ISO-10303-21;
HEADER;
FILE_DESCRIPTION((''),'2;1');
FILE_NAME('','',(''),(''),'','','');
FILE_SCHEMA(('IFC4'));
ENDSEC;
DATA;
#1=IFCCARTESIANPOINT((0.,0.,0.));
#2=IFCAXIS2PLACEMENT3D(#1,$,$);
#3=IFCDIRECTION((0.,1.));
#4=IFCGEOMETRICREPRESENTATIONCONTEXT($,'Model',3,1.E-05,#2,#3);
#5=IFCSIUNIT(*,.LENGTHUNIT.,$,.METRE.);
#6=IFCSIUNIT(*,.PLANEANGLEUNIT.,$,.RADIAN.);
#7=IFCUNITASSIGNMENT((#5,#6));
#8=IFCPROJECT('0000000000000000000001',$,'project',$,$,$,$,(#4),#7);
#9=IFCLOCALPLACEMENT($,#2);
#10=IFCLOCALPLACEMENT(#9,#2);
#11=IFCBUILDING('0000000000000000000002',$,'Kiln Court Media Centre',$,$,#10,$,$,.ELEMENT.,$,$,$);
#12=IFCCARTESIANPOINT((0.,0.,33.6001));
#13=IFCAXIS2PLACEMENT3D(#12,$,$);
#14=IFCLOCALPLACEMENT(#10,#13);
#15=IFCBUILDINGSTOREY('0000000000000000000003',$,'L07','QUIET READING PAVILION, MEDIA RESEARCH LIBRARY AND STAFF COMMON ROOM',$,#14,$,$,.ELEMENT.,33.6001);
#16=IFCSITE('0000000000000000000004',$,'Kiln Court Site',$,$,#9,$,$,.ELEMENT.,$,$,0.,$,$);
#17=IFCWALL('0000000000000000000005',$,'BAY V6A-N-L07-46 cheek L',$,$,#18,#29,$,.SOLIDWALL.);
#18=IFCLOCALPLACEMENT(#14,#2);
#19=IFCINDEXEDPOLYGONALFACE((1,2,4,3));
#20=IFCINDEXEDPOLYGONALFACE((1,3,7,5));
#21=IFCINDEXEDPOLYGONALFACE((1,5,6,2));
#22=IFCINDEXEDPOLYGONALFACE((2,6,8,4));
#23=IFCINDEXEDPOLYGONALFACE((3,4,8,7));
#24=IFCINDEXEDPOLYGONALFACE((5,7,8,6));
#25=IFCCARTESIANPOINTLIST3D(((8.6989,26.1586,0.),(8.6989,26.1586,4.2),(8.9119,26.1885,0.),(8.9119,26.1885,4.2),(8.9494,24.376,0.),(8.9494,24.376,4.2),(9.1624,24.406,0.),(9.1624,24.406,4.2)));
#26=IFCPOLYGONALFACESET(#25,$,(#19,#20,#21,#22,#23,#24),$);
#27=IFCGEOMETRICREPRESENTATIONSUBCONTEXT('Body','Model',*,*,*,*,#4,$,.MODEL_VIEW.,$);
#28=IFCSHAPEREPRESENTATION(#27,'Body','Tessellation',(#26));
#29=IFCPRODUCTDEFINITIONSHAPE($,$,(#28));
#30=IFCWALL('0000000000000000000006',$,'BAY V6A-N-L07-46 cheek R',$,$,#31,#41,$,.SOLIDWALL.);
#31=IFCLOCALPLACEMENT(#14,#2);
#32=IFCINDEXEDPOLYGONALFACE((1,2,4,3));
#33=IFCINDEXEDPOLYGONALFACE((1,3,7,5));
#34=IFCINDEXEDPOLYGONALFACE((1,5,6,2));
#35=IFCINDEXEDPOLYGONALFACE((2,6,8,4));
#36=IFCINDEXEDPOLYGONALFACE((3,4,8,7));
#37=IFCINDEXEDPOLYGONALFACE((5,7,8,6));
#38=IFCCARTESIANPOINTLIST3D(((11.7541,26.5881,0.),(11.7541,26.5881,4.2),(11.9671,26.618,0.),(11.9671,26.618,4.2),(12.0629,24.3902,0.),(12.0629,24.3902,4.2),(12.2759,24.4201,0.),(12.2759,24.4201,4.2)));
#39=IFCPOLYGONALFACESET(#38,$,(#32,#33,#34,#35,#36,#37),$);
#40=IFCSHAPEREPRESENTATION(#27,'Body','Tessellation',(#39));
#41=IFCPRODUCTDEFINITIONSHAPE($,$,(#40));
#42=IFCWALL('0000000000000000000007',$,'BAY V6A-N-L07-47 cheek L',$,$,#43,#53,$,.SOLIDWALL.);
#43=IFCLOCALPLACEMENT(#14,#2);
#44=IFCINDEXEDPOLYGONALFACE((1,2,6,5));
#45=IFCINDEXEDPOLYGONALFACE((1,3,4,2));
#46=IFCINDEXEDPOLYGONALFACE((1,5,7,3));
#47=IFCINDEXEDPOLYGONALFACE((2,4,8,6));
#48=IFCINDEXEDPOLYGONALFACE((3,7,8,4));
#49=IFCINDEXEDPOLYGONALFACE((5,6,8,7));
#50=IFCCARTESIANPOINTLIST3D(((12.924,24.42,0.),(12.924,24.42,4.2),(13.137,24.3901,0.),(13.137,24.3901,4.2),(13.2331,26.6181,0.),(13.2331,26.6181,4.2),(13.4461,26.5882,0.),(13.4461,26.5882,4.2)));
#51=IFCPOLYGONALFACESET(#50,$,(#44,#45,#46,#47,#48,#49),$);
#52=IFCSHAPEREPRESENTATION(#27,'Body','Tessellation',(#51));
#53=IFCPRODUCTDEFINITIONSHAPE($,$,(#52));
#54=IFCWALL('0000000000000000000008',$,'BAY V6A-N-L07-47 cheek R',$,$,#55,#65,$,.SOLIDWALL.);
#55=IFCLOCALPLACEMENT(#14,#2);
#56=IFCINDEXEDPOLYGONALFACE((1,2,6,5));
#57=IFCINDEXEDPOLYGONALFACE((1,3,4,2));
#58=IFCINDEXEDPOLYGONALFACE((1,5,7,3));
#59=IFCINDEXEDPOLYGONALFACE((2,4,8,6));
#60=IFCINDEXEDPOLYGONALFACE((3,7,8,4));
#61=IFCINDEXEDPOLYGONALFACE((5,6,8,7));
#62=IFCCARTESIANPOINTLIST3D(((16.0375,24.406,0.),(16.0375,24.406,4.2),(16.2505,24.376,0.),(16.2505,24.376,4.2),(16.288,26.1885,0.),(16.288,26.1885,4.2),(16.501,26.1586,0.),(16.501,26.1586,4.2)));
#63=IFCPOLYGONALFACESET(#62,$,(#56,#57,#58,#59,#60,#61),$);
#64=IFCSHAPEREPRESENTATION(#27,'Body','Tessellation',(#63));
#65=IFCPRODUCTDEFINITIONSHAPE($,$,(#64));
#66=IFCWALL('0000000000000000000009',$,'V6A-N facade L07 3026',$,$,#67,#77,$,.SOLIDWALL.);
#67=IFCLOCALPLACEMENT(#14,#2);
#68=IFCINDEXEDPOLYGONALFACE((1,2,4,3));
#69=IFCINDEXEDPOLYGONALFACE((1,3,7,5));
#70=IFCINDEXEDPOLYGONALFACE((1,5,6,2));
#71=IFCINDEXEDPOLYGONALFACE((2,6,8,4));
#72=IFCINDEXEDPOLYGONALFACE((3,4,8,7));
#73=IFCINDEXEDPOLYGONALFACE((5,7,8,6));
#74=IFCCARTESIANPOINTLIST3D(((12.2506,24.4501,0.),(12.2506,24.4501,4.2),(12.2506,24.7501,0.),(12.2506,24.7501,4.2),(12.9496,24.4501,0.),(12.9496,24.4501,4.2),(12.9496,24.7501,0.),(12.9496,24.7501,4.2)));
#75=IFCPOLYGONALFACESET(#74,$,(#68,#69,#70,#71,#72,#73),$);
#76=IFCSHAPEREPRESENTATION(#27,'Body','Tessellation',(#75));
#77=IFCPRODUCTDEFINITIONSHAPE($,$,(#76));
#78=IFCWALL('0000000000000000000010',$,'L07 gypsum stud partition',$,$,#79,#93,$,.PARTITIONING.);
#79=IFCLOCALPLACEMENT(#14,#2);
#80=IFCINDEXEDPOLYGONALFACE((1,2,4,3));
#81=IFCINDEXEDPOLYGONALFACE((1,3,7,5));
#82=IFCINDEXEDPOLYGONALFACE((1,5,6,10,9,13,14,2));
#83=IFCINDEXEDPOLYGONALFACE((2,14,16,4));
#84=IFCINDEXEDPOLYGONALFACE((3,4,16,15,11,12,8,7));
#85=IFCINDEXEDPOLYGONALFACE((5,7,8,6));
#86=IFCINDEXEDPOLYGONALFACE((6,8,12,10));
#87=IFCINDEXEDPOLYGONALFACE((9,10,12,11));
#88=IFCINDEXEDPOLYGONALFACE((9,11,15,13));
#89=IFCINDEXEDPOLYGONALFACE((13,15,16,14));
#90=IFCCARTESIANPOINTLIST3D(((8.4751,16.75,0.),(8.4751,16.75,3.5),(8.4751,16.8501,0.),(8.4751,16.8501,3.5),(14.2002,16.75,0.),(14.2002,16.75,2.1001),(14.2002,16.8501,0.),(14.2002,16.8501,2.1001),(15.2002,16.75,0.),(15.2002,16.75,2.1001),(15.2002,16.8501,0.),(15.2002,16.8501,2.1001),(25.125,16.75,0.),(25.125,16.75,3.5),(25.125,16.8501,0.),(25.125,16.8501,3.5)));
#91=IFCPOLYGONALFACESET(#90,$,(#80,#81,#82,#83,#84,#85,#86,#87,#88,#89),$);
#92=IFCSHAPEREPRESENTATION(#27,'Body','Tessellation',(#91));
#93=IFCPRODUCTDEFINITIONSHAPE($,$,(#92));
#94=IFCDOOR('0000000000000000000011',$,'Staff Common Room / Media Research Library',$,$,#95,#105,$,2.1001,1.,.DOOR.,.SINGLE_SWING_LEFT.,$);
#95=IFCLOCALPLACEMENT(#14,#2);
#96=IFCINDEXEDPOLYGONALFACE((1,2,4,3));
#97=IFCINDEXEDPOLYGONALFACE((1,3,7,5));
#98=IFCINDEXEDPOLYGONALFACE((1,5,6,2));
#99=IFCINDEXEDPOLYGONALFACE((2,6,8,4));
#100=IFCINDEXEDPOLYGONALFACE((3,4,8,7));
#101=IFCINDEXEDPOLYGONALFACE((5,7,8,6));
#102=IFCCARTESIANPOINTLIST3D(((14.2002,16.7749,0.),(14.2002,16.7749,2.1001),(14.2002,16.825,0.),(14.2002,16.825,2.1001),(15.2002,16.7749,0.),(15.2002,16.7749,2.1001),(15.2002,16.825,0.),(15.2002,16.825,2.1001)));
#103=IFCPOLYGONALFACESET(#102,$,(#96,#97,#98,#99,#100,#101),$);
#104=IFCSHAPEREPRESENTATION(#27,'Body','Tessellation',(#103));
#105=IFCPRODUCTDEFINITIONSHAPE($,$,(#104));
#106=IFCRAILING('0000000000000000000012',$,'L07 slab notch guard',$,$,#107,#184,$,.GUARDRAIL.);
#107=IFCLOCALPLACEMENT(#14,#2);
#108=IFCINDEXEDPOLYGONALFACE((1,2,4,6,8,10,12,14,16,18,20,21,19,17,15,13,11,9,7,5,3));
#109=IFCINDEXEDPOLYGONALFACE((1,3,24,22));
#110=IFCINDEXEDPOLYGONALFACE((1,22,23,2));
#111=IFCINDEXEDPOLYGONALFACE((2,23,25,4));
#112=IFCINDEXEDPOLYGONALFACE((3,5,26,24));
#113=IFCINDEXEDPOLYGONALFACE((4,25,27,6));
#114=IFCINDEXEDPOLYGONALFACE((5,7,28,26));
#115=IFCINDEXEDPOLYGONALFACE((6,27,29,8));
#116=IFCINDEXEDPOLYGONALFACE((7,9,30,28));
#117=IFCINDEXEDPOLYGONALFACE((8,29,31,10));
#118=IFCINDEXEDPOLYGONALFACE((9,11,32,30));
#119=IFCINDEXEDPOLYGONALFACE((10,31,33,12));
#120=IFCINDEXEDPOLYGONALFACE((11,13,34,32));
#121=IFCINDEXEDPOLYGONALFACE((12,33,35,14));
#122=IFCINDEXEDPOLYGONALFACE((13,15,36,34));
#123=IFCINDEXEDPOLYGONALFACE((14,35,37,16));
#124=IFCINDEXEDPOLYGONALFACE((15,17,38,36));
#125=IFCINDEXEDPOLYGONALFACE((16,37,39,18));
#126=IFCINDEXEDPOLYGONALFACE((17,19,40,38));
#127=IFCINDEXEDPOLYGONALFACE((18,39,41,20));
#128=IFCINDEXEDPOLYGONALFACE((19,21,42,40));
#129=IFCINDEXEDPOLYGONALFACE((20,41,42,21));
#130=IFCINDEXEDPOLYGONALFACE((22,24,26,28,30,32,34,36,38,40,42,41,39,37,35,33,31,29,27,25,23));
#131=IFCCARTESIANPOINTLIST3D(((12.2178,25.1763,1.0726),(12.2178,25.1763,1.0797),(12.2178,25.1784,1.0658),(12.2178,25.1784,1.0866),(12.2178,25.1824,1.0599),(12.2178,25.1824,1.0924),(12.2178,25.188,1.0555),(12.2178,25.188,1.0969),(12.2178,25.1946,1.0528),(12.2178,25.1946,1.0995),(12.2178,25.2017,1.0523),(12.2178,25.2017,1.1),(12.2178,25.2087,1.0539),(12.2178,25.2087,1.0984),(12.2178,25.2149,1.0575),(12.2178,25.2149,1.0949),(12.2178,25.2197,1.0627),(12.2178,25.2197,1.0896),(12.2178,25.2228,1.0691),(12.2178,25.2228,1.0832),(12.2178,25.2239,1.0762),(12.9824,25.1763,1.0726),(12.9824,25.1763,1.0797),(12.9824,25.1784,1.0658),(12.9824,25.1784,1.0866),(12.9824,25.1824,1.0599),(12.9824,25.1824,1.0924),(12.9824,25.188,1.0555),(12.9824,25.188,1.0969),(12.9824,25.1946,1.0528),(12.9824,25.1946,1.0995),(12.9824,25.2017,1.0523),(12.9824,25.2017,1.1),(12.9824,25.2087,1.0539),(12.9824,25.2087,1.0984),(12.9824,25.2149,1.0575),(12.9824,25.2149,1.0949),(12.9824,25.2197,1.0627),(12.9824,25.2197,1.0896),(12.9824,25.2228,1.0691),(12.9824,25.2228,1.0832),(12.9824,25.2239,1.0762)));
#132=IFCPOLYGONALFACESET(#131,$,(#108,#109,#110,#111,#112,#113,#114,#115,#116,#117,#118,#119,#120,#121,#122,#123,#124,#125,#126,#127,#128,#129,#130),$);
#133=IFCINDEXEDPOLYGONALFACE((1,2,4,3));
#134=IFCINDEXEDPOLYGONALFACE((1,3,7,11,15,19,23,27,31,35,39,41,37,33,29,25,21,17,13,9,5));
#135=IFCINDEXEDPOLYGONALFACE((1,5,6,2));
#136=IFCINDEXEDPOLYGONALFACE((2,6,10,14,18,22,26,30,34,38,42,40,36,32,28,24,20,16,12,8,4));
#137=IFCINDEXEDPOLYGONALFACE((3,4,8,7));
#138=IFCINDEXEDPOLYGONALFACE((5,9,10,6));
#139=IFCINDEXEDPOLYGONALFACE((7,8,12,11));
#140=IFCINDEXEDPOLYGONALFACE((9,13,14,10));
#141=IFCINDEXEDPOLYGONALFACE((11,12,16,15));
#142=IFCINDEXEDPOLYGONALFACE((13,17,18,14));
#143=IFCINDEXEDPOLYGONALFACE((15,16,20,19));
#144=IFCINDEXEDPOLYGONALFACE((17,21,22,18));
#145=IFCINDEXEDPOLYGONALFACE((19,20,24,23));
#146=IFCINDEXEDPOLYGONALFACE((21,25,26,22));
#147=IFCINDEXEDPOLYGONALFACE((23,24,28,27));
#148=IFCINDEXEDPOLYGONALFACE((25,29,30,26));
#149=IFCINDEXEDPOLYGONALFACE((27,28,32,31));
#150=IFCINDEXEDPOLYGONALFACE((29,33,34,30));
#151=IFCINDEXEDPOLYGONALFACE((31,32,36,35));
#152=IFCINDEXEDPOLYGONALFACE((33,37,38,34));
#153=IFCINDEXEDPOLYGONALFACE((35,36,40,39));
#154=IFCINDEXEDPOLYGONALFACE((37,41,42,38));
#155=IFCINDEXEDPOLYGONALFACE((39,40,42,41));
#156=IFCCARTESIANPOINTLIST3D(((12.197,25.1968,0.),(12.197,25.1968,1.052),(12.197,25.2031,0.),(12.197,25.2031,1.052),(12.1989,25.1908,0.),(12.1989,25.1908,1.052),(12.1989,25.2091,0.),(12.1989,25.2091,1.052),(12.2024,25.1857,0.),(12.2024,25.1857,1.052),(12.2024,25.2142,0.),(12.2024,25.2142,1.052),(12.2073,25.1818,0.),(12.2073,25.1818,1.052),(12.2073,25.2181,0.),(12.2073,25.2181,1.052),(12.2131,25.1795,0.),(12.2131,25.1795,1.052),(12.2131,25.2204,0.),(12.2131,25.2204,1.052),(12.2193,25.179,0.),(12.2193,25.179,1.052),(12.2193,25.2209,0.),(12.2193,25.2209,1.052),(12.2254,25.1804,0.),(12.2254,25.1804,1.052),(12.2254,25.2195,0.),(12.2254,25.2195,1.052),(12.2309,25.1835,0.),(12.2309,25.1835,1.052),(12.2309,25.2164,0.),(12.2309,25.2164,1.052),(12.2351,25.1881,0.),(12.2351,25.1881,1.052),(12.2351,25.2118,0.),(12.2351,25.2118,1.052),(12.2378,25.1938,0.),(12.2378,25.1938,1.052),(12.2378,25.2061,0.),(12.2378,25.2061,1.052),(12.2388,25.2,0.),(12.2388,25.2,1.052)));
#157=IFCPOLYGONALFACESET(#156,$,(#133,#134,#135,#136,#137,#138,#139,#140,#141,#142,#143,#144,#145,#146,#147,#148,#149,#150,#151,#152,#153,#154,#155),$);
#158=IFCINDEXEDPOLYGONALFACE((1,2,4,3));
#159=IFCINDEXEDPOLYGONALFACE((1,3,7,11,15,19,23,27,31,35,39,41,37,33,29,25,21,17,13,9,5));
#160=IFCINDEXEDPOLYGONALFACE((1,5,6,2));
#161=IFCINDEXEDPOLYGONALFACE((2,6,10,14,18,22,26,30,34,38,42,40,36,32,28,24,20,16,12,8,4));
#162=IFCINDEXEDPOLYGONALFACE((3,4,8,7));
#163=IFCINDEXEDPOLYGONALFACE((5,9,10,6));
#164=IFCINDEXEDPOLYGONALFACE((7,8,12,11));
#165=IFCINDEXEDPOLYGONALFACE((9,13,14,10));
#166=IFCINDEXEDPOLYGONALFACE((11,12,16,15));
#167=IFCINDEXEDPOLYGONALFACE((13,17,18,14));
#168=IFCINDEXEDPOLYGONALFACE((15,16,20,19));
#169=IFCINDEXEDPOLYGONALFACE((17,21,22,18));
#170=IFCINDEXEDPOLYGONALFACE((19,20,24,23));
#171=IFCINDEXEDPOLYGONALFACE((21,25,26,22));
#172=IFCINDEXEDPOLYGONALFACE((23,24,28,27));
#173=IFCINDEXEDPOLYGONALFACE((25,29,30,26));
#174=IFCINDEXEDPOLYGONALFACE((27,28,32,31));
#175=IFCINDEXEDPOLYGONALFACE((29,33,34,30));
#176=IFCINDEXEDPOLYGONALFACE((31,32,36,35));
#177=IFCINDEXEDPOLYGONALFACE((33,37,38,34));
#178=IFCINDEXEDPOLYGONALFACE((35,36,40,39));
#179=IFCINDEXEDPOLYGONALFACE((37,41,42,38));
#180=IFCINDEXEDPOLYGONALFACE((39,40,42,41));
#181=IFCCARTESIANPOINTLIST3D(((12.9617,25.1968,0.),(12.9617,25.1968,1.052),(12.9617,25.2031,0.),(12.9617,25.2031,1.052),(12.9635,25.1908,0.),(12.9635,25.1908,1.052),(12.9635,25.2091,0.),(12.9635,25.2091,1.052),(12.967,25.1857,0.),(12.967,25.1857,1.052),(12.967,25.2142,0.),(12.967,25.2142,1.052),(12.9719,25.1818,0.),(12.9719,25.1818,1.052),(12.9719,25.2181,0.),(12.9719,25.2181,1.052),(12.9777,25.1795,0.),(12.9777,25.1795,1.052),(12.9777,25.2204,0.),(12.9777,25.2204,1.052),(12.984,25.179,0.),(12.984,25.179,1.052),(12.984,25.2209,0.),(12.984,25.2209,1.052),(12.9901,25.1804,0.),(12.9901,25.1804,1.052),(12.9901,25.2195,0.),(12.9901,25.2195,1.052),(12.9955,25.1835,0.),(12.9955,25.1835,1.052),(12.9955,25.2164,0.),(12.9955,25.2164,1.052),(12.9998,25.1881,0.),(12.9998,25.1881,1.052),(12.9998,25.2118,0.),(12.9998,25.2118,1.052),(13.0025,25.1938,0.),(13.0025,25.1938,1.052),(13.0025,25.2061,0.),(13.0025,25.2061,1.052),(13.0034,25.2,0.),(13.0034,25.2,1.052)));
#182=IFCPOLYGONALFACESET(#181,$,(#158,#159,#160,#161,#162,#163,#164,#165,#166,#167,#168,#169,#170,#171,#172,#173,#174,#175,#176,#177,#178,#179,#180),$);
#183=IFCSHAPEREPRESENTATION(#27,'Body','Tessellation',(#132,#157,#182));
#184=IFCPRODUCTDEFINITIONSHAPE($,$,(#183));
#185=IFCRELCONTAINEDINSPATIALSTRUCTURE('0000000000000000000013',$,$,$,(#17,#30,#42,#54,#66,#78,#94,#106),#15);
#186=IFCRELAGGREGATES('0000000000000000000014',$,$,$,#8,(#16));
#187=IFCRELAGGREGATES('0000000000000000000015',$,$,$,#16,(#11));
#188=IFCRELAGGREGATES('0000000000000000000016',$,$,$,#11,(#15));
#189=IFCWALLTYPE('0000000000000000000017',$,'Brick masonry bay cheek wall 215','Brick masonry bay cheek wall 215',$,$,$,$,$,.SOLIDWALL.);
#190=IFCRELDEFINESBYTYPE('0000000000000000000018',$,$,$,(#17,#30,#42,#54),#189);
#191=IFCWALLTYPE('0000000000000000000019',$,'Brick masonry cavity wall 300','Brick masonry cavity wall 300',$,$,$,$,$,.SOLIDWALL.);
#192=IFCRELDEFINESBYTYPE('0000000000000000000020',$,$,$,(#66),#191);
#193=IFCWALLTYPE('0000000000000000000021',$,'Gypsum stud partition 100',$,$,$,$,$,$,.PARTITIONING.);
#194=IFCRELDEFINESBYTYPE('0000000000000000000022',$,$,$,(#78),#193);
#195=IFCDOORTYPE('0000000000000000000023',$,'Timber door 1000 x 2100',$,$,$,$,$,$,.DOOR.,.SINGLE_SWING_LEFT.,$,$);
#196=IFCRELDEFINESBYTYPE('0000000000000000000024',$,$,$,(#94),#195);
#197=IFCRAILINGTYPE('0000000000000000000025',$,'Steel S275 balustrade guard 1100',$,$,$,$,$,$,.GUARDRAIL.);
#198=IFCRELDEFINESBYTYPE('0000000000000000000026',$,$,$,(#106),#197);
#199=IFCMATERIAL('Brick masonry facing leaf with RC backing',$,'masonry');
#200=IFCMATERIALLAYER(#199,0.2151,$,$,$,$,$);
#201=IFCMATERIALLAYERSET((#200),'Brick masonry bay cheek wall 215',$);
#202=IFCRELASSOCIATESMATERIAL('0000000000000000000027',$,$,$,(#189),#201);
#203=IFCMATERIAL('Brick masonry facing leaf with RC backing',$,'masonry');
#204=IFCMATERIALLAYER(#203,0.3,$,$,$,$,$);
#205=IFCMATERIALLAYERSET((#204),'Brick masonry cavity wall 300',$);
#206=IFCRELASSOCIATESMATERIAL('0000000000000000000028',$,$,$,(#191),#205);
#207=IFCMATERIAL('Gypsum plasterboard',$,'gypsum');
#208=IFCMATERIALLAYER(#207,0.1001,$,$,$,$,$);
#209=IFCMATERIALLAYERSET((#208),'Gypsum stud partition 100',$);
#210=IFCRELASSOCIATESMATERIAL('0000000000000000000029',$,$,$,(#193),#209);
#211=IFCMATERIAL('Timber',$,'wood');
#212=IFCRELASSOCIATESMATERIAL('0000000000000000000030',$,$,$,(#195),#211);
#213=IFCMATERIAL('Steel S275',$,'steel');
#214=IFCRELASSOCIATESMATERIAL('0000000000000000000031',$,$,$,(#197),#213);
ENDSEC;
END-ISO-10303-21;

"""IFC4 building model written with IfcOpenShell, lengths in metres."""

from ifc_helpers import new_model, si_unit, direction, frame, frame_2d, origin, origin_2d, place, context, subcontext, project, spatial, rectangle, circle, extrude, material, layer, layer_set, type_object, element, fill, save


model = new_model("IFC4")

# Units and contexts
model_context = context("Model", 3, precision=1e-05, world=origin(), true_north=direction((0.0, 1.0)))
body_context = subcontext(model_context, "Body", "Model", "MODEL_VIEW")
ifc_project = project(units=[si_unit("LENGTHUNIT", "METRE"), si_unit("PLANEANGLEUNIT", "RADIAN")], contexts=[model_context])

# Site, building, storey
site_placement = place(None, origin())
site = spatial("IfcSite", under=ifc_project, at=site_placement, Name="Kiln Court Site", CompositionType="ELEMENT", RefElevation=0.0)
building_placement = place(site_placement, origin())
building = spatial("IfcBuilding", under=site, at=building_placement, Name="Kiln Court Media Centre", CompositionType="ELEMENT")
storey_placement = place(building_placement, frame((0.0, 0.0, 33.6001)))
storey = spatial("IfcBuildingStorey", under=building, at=storey_placement, Name="L07", Description="QUIET READING PAVILION, MEDIA RESEARCH LIBRARY AND STAFF COMMON ROOM", CompositionType="ELEMENT", Elevation=33.6001)

# Walls
ifc_material_1 = material(Name="Brick masonry facing leaf with RC backing", Category="masonry")
ifc_layer_1 = layer(ifc_material_1, 0.2151)
ifc_layer_set_1 = layer_set([ifc_layer_1], Name="Brick masonry bay cheek wall 215")
wall_type_1 = type_object("IfcWallType", Name="Brick masonry bay cheek wall 215", Description="Brick masonry bay cheek wall 215", PredefinedType="SOLIDWALL", material=ifc_layer_set_1)
wall_1_placement = place(storey_placement, frame((9.0559, 24.3911, 0.0), z_axis=(0.0, 0.0, 1.0), x_axis=(-0.139161, 0.99027, 0.0)))
element("IfcWall", 1, at=wall_1_placement, inside=storey, type_object=wall_type_1, Name="BAY V6A-N-L07-46 cheek L", PredefinedType="SOLIDWALL", context=body_context, shape_type="SweptSolid", body=[
    extrude(rectangle(XDim=1.8, YDim=0.2151, at=frame_2d((0.8999, 0.0))), origin(), (0.0, 0.0, 1.0), 4.2),
])
wall_2_placement = place(storey_placement, frame((12.1694, 24.405, 0.0), z_axis=(0.0, 0.0, 1.0), x_axis=(-0.139142, 0.990272, 0.0)))
element("IfcWall", 2, at=wall_2_placement, inside=storey, type_object=wall_type_1, Name="BAY V6A-N-L07-46 cheek R", PredefinedType="SOLIDWALL", context=body_context, shape_type="SweptSolid", body=[
    extrude(rectangle(XDim=2.2195, YDim=0.2151, at=frame_2d((1.1099, 0.0))), origin(), (0.0, 0.0, 1.0), 4.2),
])
wall_3_placement = place(storey_placement, frame((13.0305, 24.405, 0.0), z_axis=(0.0, 0.0, 1.0), x_axis=(0.13925, 0.990257, 0.0)))
element("IfcWall", 3, at=wall_3_placement, inside=storey, type_object=wall_type_1, Name="BAY V6A-N-L07-47 cheek L", PredefinedType="SOLIDWALL", context=body_context, shape_type="SweptSolid", body=[
    extrude(rectangle(XDim=2.2197, YDim=0.2151, at=frame_2d((1.1099, 0.0))), origin(), (0.0, 0.0, 1.0), 4.2),
])
wall_4_placement = place(storey_placement, frame((16.144, 24.3911, 0.0), z_axis=(0.0, 0.0, 1.0), x_axis=(0.139161, 0.99027, 0.0)))
element("IfcWall", 4, at=wall_4_placement, inside=storey, type_object=wall_type_1, Name="BAY V6A-N-L07-47 cheek R", PredefinedType="SOLIDWALL", context=body_context, shape_type="SweptSolid", body=[
    extrude(rectangle(XDim=1.8, YDim=0.2151, at=frame_2d((0.8999, 0.0))), origin(), (0.0, 0.0, 1.0), 4.2),
])
ifc_material_2 = material(Name="Brick masonry facing leaf with RC backing", Category="masonry")
ifc_layer_2 = layer(ifc_material_2, 0.3)
ifc_layer_set_2 = layer_set([ifc_layer_2], Name="Brick masonry cavity wall 300")
wall_type_2 = type_object("IfcWallType", Name="Brick masonry cavity wall 300", Description="Brick masonry cavity wall 300", PredefinedType="SOLIDWALL", material=ifc_layer_set_2)
wall_5_placement = place(storey_placement, frame((12.2505, 24.6001, 0.0), z_axis=(0.0, 0.0, 1.0), x_axis=(1.0, 0.0, 0.0)))
element("IfcWall", 5, at=wall_5_placement, inside=storey, type_object=wall_type_2, Name="V6A-N facade L07 3026", PredefinedType="SOLIDWALL", context=body_context, shape_type="SweptSolid", body=[
    extrude(rectangle(XDim=0.699, YDim=0.3, at=frame_2d((0.3496, 0.0))), origin(), (0.0, 0.0, 1.0), 4.2),
])

# Wall, opening, door
ifc_material_3 = material(Name="Gypsum plasterboard", Category="gypsum")
ifc_layer_3 = layer(ifc_material_3, 0.1001)
ifc_layer_set_3 = layer_set([ifc_layer_3], Name="Gypsum stud partition 100")
wall_type_3 = type_object("IfcWallType", Name="Gypsum stud partition 100", PredefinedType="PARTITIONING", material=ifc_layer_set_3)
wall_6_placement = place(storey_placement, frame((8.4751, 16.8, 0.0), z_axis=(0.0, 0.0, 1.0), x_axis=(1.0, 0.0, 0.0)))
wall_6 = element("IfcWall", 6, at=wall_6_placement, inside=storey, type_object=wall_type_3, Name="L07 gypsum stud partition", PredefinedType="PARTITIONING", context=body_context, shape_type="SweptSolid", body=[
    extrude(rectangle(XDim=16.6499, YDim=0.1001, at=frame_2d((8.325, 0.0))), origin(), (0.0, 0.0, 1.0), 3.5),
])
opening_placement = place(wall_6_placement, frame((5.7251, 0.0, 0.0)))
opening = element("IfcOpeningElement", 7, at=opening_placement, cuts=wall_6, PredefinedType="OPENING", context=body_context, shape_type="SweptSolid", body=[
    extrude(rectangle(XDim=1.0, YDim=2.1001, at=frame_2d((0.5, 1.05))), frame((0.0, 0.0601, 0.0), z_axis=(0.0, -1.0, 0.0), x_axis=(1.0, 0.0, 0.0)), (0.0, 0.0, 1.0), 0.1201),
])
ifc_material_4 = material(Name="Timber", Category="wood")
door_type = type_object("IfcDoorType", Name="Timber door 1000 x 2100", OperationType="SINGLE_SWING_LEFT", PredefinedType="DOOR", material=ifc_material_4)
door_placement = place(opening_placement, origin())
door = element("IfcDoor", 8, at=door_placement, inside=storey, type_object=door_type, Name="Staff Common Room / Media Research Library", OperationType="SINGLE_SWING_LEFT", OverallHeight=2.1001, OverallWidth=1.0, PredefinedType="DOOR", context=body_context, shape_type="SweptSolid", body=[
    extrude(rectangle(XDim=1.0, YDim=2.1001, at=frame_2d((0.5, 1.05))), frame((0.0, 0.0249, 0.0), z_axis=(0.0, -1.0, 0.0), x_axis=(1.0, 0.0, 0.0)), (0.0, 0.0, 1.0), 0.05),
])
fill(opening, door)

# Railing
ifc_material_5 = material(Name="Steel S275", Category="steel")
railing_type = type_object("IfcRailingType", Name="Steel S275 balustrade guard 1100", PredefinedType="GUARDRAIL", material=ifc_material_5)
railing_placement = place(storey_placement, frame((12.2178, 25.2, 0.0)))
element("IfcRailing", 9, at=railing_placement, inside=storey, type_object=railing_type, Name="L07 slab notch guard", PredefinedType="GUARDRAIL", context=body_context, shape_type="SweptSolid", body=[
    extrude(circle(Radius=0.0239, at=origin_2d()), frame((0.0, 0.0, 1.0762), z_axis=(1.0, 0.0, 0.0), x_axis=(0.0, 1.0, 0.0)), (0.0, 0.0, 1.0), 0.7646),
    extrude(circle(Radius=0.021, at=origin_2d()), origin(), (0.0, 0.0, 1.0), 1.052),
    extrude(circle(Radius=0.021, at=origin_2d()), frame((0.7646, 0.0, 0.0)), (0.0, 0.0, 1.0), 1.052),
])

save(model, "model.ifc")
